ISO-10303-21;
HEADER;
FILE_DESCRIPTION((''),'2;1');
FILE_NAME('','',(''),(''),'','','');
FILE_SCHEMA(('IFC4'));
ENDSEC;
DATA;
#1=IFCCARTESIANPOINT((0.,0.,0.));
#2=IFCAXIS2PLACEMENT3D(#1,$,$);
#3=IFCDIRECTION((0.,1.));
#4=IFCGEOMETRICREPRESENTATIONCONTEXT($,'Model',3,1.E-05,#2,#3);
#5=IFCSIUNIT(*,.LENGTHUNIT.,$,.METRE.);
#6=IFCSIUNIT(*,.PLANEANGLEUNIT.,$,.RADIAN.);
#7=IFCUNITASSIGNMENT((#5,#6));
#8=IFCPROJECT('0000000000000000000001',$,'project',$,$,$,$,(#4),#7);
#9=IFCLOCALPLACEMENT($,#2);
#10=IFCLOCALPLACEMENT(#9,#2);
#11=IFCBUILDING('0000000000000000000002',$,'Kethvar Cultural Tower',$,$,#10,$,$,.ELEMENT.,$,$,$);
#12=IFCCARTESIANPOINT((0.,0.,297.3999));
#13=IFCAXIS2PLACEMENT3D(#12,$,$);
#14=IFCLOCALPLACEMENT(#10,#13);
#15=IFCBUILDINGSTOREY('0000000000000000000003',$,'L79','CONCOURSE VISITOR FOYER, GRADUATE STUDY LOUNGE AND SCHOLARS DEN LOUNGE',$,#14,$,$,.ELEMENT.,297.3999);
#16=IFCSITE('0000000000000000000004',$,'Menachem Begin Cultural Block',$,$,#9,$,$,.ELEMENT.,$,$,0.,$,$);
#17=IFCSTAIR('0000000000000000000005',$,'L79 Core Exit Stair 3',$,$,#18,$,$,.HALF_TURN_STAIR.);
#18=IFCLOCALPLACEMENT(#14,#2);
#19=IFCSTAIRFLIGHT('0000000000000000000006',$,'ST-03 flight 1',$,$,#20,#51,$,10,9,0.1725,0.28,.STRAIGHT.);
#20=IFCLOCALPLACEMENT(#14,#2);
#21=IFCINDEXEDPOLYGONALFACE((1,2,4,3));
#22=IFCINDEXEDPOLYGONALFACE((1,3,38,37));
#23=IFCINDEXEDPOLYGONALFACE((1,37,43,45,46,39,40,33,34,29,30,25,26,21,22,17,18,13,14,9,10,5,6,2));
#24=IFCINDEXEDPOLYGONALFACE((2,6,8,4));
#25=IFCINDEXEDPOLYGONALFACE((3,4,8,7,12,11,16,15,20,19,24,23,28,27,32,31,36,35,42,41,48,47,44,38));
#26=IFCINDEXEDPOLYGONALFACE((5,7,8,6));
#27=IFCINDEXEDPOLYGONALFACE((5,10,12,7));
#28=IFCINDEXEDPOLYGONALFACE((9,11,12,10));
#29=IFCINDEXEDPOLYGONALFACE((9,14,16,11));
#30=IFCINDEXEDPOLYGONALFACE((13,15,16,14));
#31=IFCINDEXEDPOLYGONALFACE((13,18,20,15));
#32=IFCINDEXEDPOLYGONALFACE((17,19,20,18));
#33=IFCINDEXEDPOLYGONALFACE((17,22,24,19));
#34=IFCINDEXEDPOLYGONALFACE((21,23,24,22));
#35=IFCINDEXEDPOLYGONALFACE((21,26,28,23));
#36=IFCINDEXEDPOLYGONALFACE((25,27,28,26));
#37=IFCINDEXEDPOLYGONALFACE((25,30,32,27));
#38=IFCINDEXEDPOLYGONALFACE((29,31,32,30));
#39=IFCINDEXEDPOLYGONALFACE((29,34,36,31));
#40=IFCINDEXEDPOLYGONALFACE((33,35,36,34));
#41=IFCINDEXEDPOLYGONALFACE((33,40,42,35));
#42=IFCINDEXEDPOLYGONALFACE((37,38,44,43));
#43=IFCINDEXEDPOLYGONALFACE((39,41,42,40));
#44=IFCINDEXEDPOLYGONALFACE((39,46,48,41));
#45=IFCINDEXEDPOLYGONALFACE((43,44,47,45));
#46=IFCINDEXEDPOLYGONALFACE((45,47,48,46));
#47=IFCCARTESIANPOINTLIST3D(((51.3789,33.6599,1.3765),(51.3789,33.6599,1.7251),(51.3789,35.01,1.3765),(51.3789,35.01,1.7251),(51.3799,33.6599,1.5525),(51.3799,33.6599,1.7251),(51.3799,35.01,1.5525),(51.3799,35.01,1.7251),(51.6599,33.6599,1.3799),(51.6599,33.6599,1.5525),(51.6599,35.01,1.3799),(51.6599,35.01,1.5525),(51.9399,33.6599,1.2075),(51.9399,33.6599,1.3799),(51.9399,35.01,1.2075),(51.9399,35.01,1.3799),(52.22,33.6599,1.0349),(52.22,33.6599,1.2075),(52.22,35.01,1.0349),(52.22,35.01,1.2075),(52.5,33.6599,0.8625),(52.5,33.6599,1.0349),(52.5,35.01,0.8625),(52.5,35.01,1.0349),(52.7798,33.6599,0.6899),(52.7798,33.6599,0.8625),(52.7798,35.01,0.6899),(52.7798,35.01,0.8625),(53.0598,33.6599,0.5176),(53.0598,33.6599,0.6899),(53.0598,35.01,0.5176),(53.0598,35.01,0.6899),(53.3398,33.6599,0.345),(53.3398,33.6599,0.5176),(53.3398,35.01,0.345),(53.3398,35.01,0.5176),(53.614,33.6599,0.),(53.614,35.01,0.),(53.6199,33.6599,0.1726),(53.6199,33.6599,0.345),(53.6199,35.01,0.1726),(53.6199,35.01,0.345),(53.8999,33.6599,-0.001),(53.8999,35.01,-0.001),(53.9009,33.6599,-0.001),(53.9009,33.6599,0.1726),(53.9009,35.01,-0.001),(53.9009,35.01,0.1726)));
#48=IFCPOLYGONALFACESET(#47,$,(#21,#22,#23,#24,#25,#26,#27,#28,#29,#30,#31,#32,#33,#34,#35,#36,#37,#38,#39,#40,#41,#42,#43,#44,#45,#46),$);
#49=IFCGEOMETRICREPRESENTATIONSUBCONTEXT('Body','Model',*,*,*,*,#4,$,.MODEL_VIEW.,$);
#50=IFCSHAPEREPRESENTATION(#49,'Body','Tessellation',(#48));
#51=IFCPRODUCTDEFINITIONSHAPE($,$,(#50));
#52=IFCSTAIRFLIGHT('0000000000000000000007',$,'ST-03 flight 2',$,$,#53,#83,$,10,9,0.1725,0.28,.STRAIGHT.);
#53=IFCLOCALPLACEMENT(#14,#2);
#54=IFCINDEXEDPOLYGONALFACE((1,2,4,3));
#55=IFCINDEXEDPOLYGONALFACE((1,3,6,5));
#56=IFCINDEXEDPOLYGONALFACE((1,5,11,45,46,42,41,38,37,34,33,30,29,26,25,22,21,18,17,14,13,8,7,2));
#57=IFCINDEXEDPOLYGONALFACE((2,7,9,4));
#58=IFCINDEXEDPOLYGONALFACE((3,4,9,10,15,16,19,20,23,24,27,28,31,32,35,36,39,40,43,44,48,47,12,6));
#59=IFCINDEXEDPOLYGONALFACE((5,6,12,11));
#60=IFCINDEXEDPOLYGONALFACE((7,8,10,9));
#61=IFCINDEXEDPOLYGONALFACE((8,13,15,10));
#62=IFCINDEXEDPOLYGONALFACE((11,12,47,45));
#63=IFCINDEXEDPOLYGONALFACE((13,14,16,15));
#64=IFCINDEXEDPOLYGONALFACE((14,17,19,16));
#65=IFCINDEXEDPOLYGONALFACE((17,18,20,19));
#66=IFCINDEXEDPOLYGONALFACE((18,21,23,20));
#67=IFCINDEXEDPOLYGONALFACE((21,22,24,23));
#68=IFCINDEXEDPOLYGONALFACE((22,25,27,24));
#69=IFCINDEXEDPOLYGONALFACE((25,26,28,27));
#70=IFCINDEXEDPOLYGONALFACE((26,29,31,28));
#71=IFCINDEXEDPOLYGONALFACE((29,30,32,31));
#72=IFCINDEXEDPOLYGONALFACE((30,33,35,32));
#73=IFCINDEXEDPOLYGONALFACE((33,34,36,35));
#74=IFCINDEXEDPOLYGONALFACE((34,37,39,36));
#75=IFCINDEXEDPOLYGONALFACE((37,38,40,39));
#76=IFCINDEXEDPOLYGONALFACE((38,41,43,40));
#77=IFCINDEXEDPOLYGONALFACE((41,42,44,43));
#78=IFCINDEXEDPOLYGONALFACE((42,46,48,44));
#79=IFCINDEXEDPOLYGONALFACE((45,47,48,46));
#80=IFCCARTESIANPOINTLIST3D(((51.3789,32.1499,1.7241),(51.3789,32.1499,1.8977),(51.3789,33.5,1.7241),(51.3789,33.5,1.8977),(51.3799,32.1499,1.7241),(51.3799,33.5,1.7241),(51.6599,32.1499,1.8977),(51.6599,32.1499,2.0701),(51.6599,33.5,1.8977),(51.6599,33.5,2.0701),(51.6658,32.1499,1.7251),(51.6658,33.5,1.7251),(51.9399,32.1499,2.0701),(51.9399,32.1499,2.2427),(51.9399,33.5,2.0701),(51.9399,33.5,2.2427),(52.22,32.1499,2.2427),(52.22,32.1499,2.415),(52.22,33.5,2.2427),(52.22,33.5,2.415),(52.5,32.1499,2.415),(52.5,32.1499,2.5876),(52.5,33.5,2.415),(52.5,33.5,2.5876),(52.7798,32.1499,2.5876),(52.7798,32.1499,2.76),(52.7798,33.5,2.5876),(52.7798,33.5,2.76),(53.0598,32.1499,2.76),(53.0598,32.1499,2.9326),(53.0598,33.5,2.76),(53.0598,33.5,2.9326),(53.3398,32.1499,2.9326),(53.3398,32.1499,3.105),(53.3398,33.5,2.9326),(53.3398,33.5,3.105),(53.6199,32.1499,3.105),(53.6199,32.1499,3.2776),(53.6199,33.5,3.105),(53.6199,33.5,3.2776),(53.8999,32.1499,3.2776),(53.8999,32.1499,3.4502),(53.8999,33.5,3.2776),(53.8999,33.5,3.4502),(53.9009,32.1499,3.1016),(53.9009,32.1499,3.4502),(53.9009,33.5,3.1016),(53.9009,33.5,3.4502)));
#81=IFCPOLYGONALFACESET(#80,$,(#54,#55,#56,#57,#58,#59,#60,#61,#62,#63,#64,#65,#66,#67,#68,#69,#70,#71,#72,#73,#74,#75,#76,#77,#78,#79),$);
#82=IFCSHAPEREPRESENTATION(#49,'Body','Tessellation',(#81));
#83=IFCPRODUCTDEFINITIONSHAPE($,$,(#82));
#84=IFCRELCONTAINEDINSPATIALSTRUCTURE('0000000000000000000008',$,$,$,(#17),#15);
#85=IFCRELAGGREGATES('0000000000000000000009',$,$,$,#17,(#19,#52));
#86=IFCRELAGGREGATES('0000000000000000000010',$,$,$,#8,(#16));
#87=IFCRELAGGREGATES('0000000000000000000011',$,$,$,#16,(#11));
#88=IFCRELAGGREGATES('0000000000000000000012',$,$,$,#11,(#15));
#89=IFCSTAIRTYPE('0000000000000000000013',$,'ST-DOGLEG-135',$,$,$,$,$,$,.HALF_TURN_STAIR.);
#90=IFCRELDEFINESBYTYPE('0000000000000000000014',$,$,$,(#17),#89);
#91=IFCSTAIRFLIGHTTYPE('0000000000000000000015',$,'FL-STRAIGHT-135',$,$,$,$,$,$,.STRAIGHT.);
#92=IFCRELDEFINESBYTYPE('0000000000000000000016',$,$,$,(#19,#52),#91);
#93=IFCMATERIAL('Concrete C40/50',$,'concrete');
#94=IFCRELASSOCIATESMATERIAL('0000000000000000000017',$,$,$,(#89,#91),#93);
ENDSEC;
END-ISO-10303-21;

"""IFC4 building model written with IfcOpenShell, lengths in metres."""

from ifc_helpers import new_model, si_unit, direction, frame, origin, place, context, subcontext, project, spatial, polyline, outline, extrude, material, type_object, element, aggregate, save


model = new_model("IFC4")

# Units and contexts
model_context = context("Model", 3, precision=1e-05, world=origin(), true_north=direction((0.0, 1.0)))
body_context = subcontext(model_context, "Body", "Model", "MODEL_VIEW")
ifc_project = project(units=[si_unit("LENGTHUNIT", "METRE"), si_unit("PLANEANGLEUNIT", "RADIAN")], contexts=[model_context])

# Site, building, storey
site_placement = place(None, origin())
site = spatial("IfcSite", under=ifc_project, at=site_placement, Name="Menachem Begin Cultural Block", CompositionType="ELEMENT", RefElevation=0.0)
building_placement = place(site_placement, origin())
building = spatial("IfcBuilding", under=site, at=building_placement, Name="Kethvar Cultural Tower", CompositionType="ELEMENT")
storey_placement = place(building_placement, frame((0.0, 0.0, 297.3999)))
storey = spatial("IfcBuildingStorey", under=building, at=storey_placement, Name="L79", Description="CONCOURSE VISITOR FOYER, GRADUATE STUDY LOUNGE AND SCHOLARS DEN LOUNGE", CompositionType="ELEMENT", Elevation=297.3999)

# Shared definitions
ifc_material_1 = material(Name="Concrete C40/50", Category="concrete")

# Stair, stair flights
stair_type = type_object("IfcStairType", Name="ST-DOGLEG-135", PredefinedType="HALF_TURN_STAIR", material=ifc_material_1)
stair_placement = place(storey_placement, origin())
stair = element("IfcStair", 1, at=stair_placement, inside=storey, type_object=stair_type, Name="L79 Core Exit Stair 3", PredefinedType="HALF_TURN_STAIR")
stair_flight_type = type_object("IfcStairFlightType", Name="FL-STRAIGHT-135", PredefinedType="STRAIGHT", material=ifc_material_1)
stair_flight_1_placement = place(storey_placement, frame((53.8999, 34.335, 0.0), z_axis=(0.0, 0.0, 1.0), x_axis=(-1.0, 0.0, 0.0)))
stair_flight_1 = element("IfcStairFlight", 2, at=stair_flight_1_placement, type_object=stair_flight_type, Name="ST-03 flight 1", NumberOfRisers=10, NumberOfTreads=9, PredefinedType="STRAIGHT", RiserHeight=0.1725, TreadLength=0.28, context=body_context, shape_type="SweptSolid", body=[
    extrude(outline(polyline([(-0.001, -0.001), (-0.001, 0.1726), (0.28, 0.1726), (0.28, 0.345), (0.5601, 0.345), (0.5601, 0.5176), (0.8401, 0.5176), (0.8401, 0.6899), (1.1201, 0.6899), (1.1201, 0.8625), (1.3999, 0.8625), (1.3999, 1.0349), (1.6799, 1.0349), (1.6799, 1.2075), (1.96, 1.2075), (1.96, 1.3799), (2.24, 1.3799), (2.24, 1.5525), (2.52, 1.5525), (2.52, 1.7251), (2.521, 1.7251), (2.521, 1.3765), (0.2859, 0.0), (0.0, -0.001), (-0.001, -0.001)])), frame((0.0, 0.675, 0.0), z_axis=(0.0, -1.0, 0.0), x_axis=(1.0, 0.0, 0.0)), (0.0, 0.0, 1.0), 1.3501),
])
stair_flight_2_placement = place(storey_placement, frame((51.3799, 32.825, 1.7251), z_axis=(0.0, 0.0, 1.0), x_axis=(1.0, 0.0, 0.0)))
stair_flight_2 = element("IfcStairFlight", 3, at=stair_flight_2_placement, type_object=stair_flight_type, Name="ST-03 flight 2", NumberOfRisers=10, NumberOfTreads=9, PredefinedType="STRAIGHT", RiserHeight=0.1725, TreadLength=0.28, context=body_context, shape_type="SweptSolid", body=[
    extrude(outline(polyline([(-0.001, -0.001), (-0.001, 0.1726), (0.28, 0.1726), (0.28, 0.345), (0.5601, 0.345), (0.5601, 0.5176), (0.8401, 0.5176), (0.8401, 0.6899), (1.1201, 0.6899), (1.1201, 0.8625), (1.3999, 0.8625), (1.3999, 1.0349), (1.6799, 1.0349), (1.6799, 1.2075), (1.96, 1.2075), (1.96, 1.3799), (2.24, 1.3799), (2.24, 1.5525), (2.52, 1.5525), (2.52, 1.7251), (2.521, 1.7251), (2.521, 1.3765), (0.2859, 0.0), (0.0, -0.001), (-0.001, -0.001)])), frame((0.0, 0.675, 0.0), z_axis=(0.0, -1.0, 0.0), x_axis=(1.0, 0.0, 0.0)), (0.0, 0.0, 1.0), 1.3501),
])
aggregate(stair, [stair_flight_1, stair_flight_2])

save(model, "model.ifc")
